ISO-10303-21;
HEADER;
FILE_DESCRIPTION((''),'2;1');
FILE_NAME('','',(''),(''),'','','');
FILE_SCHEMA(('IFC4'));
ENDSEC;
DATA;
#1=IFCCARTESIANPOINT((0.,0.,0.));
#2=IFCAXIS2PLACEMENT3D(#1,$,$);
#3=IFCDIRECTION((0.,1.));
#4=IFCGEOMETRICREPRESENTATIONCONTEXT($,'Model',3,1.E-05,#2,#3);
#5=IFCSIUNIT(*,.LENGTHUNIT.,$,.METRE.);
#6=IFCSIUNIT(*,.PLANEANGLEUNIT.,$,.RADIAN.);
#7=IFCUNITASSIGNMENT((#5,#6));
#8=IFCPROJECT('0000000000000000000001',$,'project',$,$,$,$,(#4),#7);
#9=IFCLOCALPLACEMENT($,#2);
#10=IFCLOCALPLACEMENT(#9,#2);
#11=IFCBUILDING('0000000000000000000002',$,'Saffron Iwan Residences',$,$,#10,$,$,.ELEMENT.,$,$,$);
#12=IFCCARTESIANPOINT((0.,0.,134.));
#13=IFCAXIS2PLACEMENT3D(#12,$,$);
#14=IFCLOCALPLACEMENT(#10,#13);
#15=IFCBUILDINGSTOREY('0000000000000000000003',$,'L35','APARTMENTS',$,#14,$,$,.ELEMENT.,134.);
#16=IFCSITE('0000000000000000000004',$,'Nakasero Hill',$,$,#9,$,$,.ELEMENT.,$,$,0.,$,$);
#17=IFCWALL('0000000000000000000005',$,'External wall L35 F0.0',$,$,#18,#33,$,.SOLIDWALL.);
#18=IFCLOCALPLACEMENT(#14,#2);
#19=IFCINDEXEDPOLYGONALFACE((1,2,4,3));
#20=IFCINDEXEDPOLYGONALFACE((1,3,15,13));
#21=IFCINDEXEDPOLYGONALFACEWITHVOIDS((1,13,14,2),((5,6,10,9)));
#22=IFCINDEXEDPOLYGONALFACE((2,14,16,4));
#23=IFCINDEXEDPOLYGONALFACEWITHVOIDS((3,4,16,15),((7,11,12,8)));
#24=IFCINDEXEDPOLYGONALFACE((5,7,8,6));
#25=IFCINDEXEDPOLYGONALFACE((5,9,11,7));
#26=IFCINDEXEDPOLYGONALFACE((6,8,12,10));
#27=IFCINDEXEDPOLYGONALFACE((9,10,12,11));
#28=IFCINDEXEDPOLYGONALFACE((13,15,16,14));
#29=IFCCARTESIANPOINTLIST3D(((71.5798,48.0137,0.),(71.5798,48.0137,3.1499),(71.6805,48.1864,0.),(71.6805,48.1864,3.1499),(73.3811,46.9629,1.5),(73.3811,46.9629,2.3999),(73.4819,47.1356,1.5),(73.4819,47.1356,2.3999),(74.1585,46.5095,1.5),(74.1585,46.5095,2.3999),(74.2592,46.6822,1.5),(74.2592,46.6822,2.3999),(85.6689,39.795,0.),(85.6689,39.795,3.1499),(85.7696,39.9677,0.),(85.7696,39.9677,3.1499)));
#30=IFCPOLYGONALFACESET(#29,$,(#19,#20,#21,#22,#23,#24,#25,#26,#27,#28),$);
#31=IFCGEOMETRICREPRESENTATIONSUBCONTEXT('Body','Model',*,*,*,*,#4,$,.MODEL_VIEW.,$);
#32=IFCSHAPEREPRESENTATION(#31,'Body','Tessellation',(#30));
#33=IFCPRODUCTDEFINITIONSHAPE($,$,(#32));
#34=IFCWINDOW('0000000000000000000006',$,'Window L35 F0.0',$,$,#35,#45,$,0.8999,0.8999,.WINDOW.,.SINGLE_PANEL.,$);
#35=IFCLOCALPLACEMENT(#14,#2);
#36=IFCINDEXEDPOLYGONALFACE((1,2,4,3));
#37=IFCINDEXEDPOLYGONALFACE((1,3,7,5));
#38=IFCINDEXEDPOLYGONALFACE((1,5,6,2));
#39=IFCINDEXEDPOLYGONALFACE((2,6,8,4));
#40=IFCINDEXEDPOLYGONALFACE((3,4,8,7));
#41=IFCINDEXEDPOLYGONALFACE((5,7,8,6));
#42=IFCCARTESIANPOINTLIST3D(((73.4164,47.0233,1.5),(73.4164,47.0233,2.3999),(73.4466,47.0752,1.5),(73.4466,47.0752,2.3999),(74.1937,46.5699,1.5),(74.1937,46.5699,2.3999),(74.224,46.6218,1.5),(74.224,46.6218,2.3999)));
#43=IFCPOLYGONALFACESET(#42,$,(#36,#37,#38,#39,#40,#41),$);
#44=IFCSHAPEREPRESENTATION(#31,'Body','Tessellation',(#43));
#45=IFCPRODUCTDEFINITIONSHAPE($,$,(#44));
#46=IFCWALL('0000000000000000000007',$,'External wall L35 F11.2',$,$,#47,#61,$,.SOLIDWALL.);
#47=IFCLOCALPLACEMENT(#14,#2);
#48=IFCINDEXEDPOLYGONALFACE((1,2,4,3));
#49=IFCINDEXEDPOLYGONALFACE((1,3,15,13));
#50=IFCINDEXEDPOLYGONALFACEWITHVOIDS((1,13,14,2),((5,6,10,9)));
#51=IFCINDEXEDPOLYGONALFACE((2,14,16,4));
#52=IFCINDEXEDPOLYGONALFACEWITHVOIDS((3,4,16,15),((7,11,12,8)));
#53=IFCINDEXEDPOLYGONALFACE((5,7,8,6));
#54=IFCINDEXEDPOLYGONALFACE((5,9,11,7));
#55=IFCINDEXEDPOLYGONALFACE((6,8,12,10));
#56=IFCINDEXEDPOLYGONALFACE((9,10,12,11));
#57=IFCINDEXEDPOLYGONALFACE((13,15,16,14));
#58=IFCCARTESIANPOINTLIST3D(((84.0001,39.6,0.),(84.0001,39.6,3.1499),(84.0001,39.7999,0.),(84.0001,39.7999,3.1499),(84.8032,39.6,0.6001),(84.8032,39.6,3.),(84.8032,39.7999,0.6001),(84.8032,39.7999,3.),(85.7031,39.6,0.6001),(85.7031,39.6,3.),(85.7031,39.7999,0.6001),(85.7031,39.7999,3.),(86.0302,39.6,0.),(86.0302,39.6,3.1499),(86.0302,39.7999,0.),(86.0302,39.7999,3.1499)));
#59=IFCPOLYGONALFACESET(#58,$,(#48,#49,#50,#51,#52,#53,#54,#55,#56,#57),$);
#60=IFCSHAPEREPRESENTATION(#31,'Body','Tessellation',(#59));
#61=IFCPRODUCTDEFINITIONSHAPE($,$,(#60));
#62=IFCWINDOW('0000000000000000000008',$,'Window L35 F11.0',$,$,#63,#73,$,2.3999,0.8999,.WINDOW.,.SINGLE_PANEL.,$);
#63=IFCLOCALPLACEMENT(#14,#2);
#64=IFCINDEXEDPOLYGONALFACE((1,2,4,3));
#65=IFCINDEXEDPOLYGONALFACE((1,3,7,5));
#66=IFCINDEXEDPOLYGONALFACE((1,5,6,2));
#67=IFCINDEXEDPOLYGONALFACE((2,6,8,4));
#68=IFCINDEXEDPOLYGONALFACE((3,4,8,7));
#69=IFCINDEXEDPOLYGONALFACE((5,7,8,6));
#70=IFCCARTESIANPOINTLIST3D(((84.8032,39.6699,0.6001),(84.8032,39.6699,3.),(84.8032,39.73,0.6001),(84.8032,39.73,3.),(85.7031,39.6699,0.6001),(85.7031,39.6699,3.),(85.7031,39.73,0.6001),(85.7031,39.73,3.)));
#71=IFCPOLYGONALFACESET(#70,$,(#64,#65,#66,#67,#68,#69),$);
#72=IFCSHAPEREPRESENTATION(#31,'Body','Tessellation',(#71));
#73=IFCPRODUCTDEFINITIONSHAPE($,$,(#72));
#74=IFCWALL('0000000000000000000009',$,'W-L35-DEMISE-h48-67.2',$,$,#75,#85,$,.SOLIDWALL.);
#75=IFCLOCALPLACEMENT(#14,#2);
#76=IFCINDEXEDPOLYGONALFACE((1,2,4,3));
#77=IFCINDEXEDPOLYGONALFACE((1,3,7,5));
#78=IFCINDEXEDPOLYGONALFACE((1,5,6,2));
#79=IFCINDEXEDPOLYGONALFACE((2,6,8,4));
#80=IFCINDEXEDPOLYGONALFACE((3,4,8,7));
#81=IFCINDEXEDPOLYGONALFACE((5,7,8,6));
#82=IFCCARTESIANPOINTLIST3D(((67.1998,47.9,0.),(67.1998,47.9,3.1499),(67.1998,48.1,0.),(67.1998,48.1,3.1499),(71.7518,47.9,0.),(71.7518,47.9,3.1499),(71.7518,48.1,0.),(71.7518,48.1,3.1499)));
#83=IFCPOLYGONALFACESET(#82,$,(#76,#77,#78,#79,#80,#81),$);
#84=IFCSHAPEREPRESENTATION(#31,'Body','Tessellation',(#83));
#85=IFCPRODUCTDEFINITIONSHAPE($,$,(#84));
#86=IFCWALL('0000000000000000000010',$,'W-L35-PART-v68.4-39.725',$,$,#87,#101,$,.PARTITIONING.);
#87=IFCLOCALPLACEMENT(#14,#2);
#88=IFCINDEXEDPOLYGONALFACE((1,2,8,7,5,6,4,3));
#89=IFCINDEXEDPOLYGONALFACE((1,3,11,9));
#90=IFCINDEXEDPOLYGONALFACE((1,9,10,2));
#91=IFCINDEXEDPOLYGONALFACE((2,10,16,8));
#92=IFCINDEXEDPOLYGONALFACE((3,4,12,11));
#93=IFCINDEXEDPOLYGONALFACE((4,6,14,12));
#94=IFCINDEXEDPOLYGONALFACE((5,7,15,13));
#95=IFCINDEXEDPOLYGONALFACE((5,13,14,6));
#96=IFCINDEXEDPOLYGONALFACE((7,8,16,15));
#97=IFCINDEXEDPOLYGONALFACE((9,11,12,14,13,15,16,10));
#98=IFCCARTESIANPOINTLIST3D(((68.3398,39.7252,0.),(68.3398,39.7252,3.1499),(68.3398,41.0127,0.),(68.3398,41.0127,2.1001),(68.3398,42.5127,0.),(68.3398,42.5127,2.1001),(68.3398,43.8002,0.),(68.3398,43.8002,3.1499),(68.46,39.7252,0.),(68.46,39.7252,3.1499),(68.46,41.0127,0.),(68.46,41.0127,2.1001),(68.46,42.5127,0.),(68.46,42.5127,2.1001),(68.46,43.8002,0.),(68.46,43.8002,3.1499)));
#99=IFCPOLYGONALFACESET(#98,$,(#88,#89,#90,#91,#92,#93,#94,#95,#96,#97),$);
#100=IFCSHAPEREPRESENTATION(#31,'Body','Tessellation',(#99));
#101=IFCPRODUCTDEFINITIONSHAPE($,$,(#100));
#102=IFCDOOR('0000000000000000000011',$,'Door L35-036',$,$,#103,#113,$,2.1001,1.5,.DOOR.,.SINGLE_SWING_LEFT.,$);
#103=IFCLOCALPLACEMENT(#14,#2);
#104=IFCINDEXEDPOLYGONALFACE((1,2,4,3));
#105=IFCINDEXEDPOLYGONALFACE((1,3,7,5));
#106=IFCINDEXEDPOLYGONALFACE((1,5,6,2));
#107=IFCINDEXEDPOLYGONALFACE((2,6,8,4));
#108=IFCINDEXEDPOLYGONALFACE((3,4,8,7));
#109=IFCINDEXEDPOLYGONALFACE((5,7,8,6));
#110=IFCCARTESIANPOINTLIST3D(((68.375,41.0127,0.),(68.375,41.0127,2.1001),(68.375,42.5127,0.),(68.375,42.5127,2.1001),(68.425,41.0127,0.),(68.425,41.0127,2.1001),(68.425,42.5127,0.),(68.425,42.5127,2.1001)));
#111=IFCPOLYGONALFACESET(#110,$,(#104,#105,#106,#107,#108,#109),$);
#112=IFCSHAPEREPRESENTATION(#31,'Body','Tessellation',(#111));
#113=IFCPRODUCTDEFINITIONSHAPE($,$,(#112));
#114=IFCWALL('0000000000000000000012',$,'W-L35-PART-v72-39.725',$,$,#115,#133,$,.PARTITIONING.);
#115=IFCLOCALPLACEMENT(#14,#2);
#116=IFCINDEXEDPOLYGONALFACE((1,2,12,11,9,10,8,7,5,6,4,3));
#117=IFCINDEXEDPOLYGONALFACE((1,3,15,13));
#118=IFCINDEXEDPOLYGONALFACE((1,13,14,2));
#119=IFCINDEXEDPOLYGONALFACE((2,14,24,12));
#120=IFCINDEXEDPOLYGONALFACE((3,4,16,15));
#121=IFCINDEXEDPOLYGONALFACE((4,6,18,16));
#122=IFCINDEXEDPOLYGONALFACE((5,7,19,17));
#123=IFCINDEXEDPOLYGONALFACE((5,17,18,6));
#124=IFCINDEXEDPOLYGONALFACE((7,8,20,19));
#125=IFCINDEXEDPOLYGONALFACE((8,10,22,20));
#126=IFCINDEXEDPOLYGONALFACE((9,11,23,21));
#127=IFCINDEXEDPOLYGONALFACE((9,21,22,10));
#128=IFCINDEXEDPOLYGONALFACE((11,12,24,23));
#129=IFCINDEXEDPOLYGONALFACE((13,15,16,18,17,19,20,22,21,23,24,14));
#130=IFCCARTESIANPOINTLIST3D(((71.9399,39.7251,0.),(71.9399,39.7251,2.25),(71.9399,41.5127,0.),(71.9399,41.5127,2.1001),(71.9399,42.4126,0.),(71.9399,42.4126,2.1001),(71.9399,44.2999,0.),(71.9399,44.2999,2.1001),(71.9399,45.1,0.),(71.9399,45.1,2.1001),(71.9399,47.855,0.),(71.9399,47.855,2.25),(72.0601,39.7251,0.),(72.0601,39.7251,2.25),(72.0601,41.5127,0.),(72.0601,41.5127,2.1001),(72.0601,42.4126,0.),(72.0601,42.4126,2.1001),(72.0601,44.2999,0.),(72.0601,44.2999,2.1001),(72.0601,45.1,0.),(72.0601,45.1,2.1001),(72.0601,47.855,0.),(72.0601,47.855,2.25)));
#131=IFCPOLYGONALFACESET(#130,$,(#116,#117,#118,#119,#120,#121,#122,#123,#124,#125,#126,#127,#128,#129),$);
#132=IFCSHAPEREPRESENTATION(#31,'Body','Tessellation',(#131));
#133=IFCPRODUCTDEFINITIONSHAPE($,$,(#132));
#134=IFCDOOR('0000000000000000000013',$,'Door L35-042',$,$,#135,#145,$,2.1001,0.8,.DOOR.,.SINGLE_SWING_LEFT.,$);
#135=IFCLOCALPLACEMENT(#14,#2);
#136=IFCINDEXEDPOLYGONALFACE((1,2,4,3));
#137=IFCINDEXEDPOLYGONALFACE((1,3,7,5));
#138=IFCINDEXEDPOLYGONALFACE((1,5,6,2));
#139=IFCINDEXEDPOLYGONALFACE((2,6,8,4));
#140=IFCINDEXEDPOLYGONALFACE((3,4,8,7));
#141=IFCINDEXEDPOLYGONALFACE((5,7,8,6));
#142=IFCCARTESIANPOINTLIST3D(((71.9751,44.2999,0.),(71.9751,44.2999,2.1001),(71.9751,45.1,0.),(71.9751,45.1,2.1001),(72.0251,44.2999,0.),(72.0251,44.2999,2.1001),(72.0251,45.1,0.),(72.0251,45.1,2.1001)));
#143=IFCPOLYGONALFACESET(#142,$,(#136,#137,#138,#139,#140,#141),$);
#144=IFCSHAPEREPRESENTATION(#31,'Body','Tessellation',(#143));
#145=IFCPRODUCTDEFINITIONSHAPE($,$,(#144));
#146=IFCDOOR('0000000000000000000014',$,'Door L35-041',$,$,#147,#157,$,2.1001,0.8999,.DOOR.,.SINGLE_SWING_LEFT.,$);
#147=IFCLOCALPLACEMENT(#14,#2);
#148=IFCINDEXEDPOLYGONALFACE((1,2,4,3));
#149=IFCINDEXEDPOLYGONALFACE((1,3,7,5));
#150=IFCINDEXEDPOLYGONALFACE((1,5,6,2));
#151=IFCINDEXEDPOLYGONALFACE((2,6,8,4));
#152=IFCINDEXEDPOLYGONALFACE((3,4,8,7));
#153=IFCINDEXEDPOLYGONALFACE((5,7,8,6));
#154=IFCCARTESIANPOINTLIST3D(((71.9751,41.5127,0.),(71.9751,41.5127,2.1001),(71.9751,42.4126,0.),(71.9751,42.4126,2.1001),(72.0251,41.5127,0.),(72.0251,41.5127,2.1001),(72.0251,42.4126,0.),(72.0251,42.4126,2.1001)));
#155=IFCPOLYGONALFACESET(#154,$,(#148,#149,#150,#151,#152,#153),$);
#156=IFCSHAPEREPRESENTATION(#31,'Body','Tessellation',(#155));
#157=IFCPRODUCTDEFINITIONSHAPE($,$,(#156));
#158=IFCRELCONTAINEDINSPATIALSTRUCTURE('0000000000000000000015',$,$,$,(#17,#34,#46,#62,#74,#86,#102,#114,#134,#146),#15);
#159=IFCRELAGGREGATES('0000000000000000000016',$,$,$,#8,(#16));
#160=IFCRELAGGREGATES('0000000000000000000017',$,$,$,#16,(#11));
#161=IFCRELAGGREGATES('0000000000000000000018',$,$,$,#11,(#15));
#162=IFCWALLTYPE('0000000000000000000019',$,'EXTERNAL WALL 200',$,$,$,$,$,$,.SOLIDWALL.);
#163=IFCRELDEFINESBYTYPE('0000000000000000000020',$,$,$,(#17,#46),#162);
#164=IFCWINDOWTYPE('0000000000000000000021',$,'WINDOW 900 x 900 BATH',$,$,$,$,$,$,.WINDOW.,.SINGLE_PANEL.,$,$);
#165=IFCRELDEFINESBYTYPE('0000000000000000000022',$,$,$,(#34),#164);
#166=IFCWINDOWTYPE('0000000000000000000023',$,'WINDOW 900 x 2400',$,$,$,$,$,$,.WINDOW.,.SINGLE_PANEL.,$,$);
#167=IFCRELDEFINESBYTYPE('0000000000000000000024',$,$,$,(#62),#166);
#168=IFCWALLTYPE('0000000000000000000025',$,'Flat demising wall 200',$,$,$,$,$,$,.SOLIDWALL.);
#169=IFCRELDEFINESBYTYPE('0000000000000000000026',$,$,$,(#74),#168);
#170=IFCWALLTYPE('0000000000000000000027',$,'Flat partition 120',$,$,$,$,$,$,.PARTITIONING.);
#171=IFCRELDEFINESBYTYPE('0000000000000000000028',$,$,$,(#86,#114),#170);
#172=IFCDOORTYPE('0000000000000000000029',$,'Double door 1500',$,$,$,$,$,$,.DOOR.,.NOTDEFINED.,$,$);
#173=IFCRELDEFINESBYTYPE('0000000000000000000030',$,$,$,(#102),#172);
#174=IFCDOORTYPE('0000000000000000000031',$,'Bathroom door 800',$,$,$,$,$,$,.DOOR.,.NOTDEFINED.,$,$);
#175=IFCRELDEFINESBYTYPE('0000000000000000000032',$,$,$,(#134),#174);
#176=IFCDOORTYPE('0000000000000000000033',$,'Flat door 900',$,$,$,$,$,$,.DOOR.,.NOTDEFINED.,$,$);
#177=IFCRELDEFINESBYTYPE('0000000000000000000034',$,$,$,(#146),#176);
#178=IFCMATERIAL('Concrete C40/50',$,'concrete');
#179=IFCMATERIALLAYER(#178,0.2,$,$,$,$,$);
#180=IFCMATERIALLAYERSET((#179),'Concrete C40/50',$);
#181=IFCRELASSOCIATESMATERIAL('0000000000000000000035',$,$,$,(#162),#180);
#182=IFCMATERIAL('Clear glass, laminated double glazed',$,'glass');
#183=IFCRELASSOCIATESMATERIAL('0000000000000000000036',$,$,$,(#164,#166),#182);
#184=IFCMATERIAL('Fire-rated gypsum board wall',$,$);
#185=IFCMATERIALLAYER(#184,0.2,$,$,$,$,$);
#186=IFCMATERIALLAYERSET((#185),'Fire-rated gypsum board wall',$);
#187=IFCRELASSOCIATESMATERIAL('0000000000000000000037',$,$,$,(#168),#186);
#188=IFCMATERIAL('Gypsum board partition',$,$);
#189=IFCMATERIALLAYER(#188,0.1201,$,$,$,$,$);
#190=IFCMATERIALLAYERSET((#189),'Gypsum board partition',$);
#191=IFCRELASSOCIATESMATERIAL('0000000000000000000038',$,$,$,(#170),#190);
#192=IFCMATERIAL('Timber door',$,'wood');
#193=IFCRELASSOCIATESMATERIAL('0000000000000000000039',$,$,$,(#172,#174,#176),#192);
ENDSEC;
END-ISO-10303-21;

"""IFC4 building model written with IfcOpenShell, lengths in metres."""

from ifc_helpers import new_model, si_unit, direction, frame, frame_2d, origin, place, context, subcontext, project, spatial, rectangle, extrude, material, layer, layer_set, type_object, element, fill, save


model = new_model("IFC4")

# Units and contexts
model_context = context("Model", 3, precision=1e-05, world=origin(), true_north=direction((0.0, 1.0)))
body_context = subcontext(model_context, "Body", "Model", "MODEL_VIEW")
ifc_project = project(units=[si_unit("LENGTHUNIT", "METRE"), si_unit("PLANEANGLEUNIT", "RADIAN")], contexts=[model_context])

# Site, building, storey
site_placement = place(None, origin())
site = spatial("IfcSite", under=ifc_project, at=site_placement, Name="Nakasero Hill", CompositionType="ELEMENT", RefElevation=0.0)
building_placement = place(site_placement, origin())
building = spatial("IfcBuilding", under=site, at=building_placement, Name="Saffron Iwan Residences", CompositionType="ELEMENT")
storey_placement = place(building_placement, frame((0.0, 0.0, 134.0)))
storey = spatial("IfcBuildingStorey", under=building, at=storey_placement, Name="L35", Description="APARTMENTS", CompositionType="ELEMENT", Elevation=134.0)

# Walls, openings, windows
ifc_material_1 = material(Name="Concrete C40/50", Category="concrete")
ifc_layer_1 = layer(ifc_material_1, 0.2)
ifc_layer_set_1 = layer_set([ifc_layer_1], Name="Concrete C40/50")
wall_type_1 = type_object("IfcWallType", Name="EXTERNAL WALL 200", PredefinedType="SOLIDWALL", material=ifc_layer_set_1)
wall_1_placement = place(storey_placement, frame((85.7192, 39.8813, 0.0), z_axis=(0.0, 0.0, 1.0), x_axis=(-0.863776, 0.503876, 0.0)))
wall_1 = element("IfcWall", 1, at=wall_1_placement, inside=storey, type_object=wall_type_1, Name="External wall L35 F0.0", PredefinedType="SOLIDWALL", context=body_context, shape_type="SweptSolid", body=[
    extrude(rectangle(XDim=16.311, YDim=0.2, at=frame_2d((8.1555, 0.0))), origin(), (0.0, 0.0, 1.0), 3.1499),
])
opening_1_placement = place(wall_1_placement, frame((13.3257, 0.0, 1.5)))
opening_1 = element("IfcOpeningElement", 2, at=opening_1_placement, cuts=wall_1, PredefinedType="OPENING", context=body_context, shape_type="SweptSolid", body=[
    extrude(rectangle(XDim=0.8999, YDim=0.8999, at=frame_2d((0.45, 0.45))), frame((0.0, 0.1099, 0.0), z_axis=(0.0, -1.0, 0.0), x_axis=(1.0, 0.0, 0.0)), (0.0, 0.0, 1.0), 0.22),
])
ifc_material_2 = material(Name="Clear glass, laminated double glazed", Category="glass")
window_type_1 = type_object("IfcWindowType", Name="WINDOW 900 x 900 BATH", PartitioningType="SINGLE_PANEL", PredefinedType="WINDOW", material=ifc_material_2)
window_1_placement = place(opening_1_placement, origin())
window_1 = element("IfcWindow", 3, at=window_1_placement, inside=storey, type_object=window_type_1, Name="Window L35 F0.0", OverallHeight=0.8999, OverallWidth=0.8999, PartitioningType="SINGLE_PANEL", PredefinedType="WINDOW", context=body_context, shape_type="SweptSolid", body=[
    extrude(rectangle(XDim=0.8999, YDim=0.8999, at=frame_2d((0.45, 0.45))), frame((0.0, 0.03, 0.0), z_axis=(0.0, -1.0, 0.0), x_axis=(1.0, 0.0, 0.0)), (0.0, 0.0, 1.0), 0.0601),
])
fill(opening_1, window_1)
wall_2_placement = place(storey_placement, frame((84.0, 39.7, 0.0), z_axis=(0.0, 0.0, 1.0), x_axis=(1.0, 0.0, 0.0)))
wall_2 = element("IfcWall", 4, at=wall_2_placement, inside=storey, type_object=wall_type_1, Name="External wall L35 F11.2", PredefinedType="SOLIDWALL", context=body_context, shape_type="SweptSolid", body=[
    extrude(rectangle(XDim=2.03, YDim=0.2, at=frame_2d((1.0151, 0.0))), origin(), (0.0, 0.0, 1.0), 3.1499),
])
opening_2_placement = place(wall_2_placement, frame((0.8032, 0.0, 0.6001)))
opening_2 = element("IfcOpeningElement", 5, at=opening_2_placement, cuts=wall_2, PredefinedType="OPENING", context=body_context, shape_type="SweptSolid", body=[
    extrude(rectangle(XDim=0.8999, YDim=2.3999, at=frame_2d((0.45, 1.2))), frame((0.0, 0.1099, 0.0), z_axis=(0.0, -1.0, 0.0), x_axis=(1.0, 0.0, 0.0)), (0.0, 0.0, 1.0), 0.22),
])
window_type_2 = type_object("IfcWindowType", Name="WINDOW 900 x 2400", PartitioningType="SINGLE_PANEL", PredefinedType="WINDOW", material=ifc_material_2)
window_2_placement = place(opening_2_placement, origin())
window_2 = element("IfcWindow", 6, at=window_2_placement, inside=storey, type_object=window_type_2, Name="Window L35 F11.0", OverallHeight=2.3999, OverallWidth=0.8999, PartitioningType="SINGLE_PANEL", PredefinedType="WINDOW", context=body_context, shape_type="SweptSolid", body=[
    extrude(rectangle(XDim=0.8999, YDim=2.3999, at=frame_2d((0.45, 1.2))), frame((0.0, 0.03, 0.0), z_axis=(0.0, -1.0, 0.0), x_axis=(1.0, 0.0, 0.0)), (0.0, 0.0, 1.0), 0.0601),
])
fill(opening_2, window_2)

# Wall
ifc_material_3 = material(Name="Fire-rated gypsum board wall")
ifc_layer_2 = layer(ifc_material_3, 0.2)
ifc_layer_set_2 = layer_set([ifc_layer_2], Name="Fire-rated gypsum board wall")
wall_type_2 = type_object("IfcWallType", Name="Flat demising wall 200", PredefinedType="SOLIDWALL", material=ifc_layer_set_2)
wall_3_placement = place(storey_placement, frame((67.2, 48.0, 0.0), z_axis=(0.0, 0.0, 1.0), x_axis=(1.0, 0.0, 0.0)))
element("IfcWall", 7, at=wall_3_placement, inside=storey, type_object=wall_type_2, Name="W-L35-DEMISE-h48-67.2", PredefinedType="SOLIDWALL", context=body_context, shape_type="SweptSolid", body=[
    extrude(rectangle(XDim=4.552, YDim=0.2, at=frame_2d((2.2759, 0.0))), origin(), (0.0, 0.0, 1.0), 3.1499),
])

# Wall, opening, door
ifc_material_4 = material(Name="Gypsum board partition")
ifc_layer_3 = layer(ifc_material_4, 0.1201)
ifc_layer_set_3 = layer_set([ifc_layer_3], Name="Gypsum board partition")
wall_type_3 = type_object("IfcWallType", Name="Flat partition 120", PredefinedType="PARTITIONING", material=ifc_layer_set_3)
wall_4_placement = place(storey_placement, frame((68.3999, 39.7251, 0.0), z_axis=(0.0, 0.0, 1.0), x_axis=(0.0, 1.0, 0.0)))
wall_4 = element("IfcWall", 8, at=wall_4_placement, inside=storey, type_object=wall_type_3, Name="W-L35-PART-v68.4-39.725", PredefinedType="PARTITIONING", context=body_context, shape_type="SweptSolid", body=[
    extrude(rectangle(XDim=4.075, YDim=0.1201, at=frame_2d((2.0376, 0.0))), origin(), (0.0, 0.0, 1.0), 3.1499),
])
opening_3_placement = place(wall_4_placement, frame((1.2876, 0.0, 0.0)))
opening_3 = element("IfcOpeningElement", 9, at=opening_3_placement, cuts=wall_4, PredefinedType="OPENING", context=body_context, shape_type="SweptSolid", body=[
    extrude(rectangle(XDim=1.5, YDim=2.1001, at=frame_2d((0.75, 1.05))), frame((0.0, 0.0701, 0.0), z_axis=(0.0, -1.0, 0.0), x_axis=(1.0, 0.0, 0.0)), (0.0, 0.0, 1.0), 0.1401),
])
ifc_material_5 = material(Name="Timber door", Category="wood")
door_type_1 = type_object("IfcDoorType", Name="Double door 1500", OperationType="NOTDEFINED", PredefinedType="DOOR", material=ifc_material_5)
door_1_placement = place(opening_3_placement, origin())
door_1 = element("IfcDoor", 10, at=door_1_placement, inside=storey, type_object=door_type_1, Name="Door L35-036", OperationType="SINGLE_SWING_LEFT", OverallHeight=2.1001, OverallWidth=1.5, PredefinedType="DOOR", context=body_context, shape_type="SweptSolid", body=[
    extrude(rectangle(XDim=1.5, YDim=2.1001, at=frame_2d((0.75, 1.05))), frame((0.0, 0.0249, 0.0), z_axis=(0.0, -1.0, 0.0), x_axis=(1.0, 0.0, 0.0)), (0.0, 0.0, 1.0), 0.05),
])
fill(opening_3, door_1)

# Wall, openings, doors
wall_5_placement = place(storey_placement, frame((72.0, 39.7251, 0.0), z_axis=(0.0, 0.0, 1.0), x_axis=(0.0, 1.0, 0.0)))
wall_5 = element("IfcWall", 11, at=wall_5_placement, inside=storey, type_object=wall_type_3, Name="W-L35-PART-v72-39.725", PredefinedType="PARTITIONING", context=body_context, shape_type="SweptSolid", body=[
    extrude(rectangle(XDim=8.1299, YDim=0.1201, at=frame_2d((4.0649, 0.0))), origin(), (0.0, 0.0, 1.0), 2.25),
])
opening_4_placement = place(wall_5_placement, frame((1.7876, 0.0, 0.0)))
opening_4 = element("IfcOpeningElement", 12, at=opening_4_placement, cuts=wall_5, PredefinedType="OPENING", context=body_context, shape_type="SweptSolid", body=[
    extrude(rectangle(XDim=0.8999, YDim=2.1001, at=frame_2d((0.45, 1.05))), frame((0.0, 0.0701, 0.0), z_axis=(0.0, -1.0, 0.0), x_axis=(1.0, 0.0, 0.0)), (0.0, 0.0, 1.0), 0.1401),
])
opening_5_placement = place(wall_5_placement, frame((4.575, 0.0, 0.0)))
opening_5 = element("IfcOpeningElement", 13, at=opening_5_placement, cuts=wall_5, PredefinedType="OPENING", context=body_context, shape_type="SweptSolid", body=[
    extrude(rectangle(XDim=0.8, YDim=2.1001, at=frame_2d((0.3999, 1.05))), frame((0.0, 0.0701, 0.0), z_axis=(0.0, -1.0, 0.0), x_axis=(1.0, 0.0, 0.0)), (0.0, 0.0, 1.0), 0.1401),
])
door_type_2 = type_object("IfcDoorType", Name="Bathroom door 800", OperationType="NOTDEFINED", PredefinedType="DOOR", material=ifc_material_5)
door_2_placement = place(opening_5_placement, origin())
door_2 = element("IfcDoor", 14, at=door_2_placement, inside=storey, type_object=door_type_2, Name="Door L35-042", OperationType="SINGLE_SWING_LEFT", OverallHeight=2.1001, OverallWidth=0.8, PredefinedType="DOOR", context=body_context, shape_type="SweptSolid", body=[
    extrude(rectangle(XDim=0.8, YDim=2.1001, at=frame_2d((0.3999, 1.05))), frame((0.0, 0.0249, 0.0), z_axis=(0.0, -1.0, 0.0), x_axis=(1.0, 0.0, 0.0)), (0.0, 0.0, 1.0), 0.05),
])
fill(opening_5, door_2)
door_type_3 = type_object("IfcDoorType", Name="Flat door 900", OperationType="NOTDEFINED", PredefinedType="DOOR", material=ifc_material_5)
door_3_placement = place(opening_4_placement, origin())
door_3 = element("IfcDoor", 15, at=door_3_placement, inside=storey, type_object=door_type_3, Name="Door L35-041", OperationType="SINGLE_SWING_LEFT", OverallHeight=2.1001, OverallWidth=0.8999, PredefinedType="DOOR", context=body_context, shape_type="SweptSolid", body=[
    extrude(rectangle(XDim=0.8999, YDim=2.1001, at=frame_2d((0.45, 1.05))), frame((0.0, 0.0249, 0.0), z_axis=(0.0, -1.0, 0.0), x_axis=(1.0, 0.0, 0.0)), (0.0, 0.0, 1.0), 0.05),
])
fill(opening_4, door_3)

save(model, "model.ifc")
